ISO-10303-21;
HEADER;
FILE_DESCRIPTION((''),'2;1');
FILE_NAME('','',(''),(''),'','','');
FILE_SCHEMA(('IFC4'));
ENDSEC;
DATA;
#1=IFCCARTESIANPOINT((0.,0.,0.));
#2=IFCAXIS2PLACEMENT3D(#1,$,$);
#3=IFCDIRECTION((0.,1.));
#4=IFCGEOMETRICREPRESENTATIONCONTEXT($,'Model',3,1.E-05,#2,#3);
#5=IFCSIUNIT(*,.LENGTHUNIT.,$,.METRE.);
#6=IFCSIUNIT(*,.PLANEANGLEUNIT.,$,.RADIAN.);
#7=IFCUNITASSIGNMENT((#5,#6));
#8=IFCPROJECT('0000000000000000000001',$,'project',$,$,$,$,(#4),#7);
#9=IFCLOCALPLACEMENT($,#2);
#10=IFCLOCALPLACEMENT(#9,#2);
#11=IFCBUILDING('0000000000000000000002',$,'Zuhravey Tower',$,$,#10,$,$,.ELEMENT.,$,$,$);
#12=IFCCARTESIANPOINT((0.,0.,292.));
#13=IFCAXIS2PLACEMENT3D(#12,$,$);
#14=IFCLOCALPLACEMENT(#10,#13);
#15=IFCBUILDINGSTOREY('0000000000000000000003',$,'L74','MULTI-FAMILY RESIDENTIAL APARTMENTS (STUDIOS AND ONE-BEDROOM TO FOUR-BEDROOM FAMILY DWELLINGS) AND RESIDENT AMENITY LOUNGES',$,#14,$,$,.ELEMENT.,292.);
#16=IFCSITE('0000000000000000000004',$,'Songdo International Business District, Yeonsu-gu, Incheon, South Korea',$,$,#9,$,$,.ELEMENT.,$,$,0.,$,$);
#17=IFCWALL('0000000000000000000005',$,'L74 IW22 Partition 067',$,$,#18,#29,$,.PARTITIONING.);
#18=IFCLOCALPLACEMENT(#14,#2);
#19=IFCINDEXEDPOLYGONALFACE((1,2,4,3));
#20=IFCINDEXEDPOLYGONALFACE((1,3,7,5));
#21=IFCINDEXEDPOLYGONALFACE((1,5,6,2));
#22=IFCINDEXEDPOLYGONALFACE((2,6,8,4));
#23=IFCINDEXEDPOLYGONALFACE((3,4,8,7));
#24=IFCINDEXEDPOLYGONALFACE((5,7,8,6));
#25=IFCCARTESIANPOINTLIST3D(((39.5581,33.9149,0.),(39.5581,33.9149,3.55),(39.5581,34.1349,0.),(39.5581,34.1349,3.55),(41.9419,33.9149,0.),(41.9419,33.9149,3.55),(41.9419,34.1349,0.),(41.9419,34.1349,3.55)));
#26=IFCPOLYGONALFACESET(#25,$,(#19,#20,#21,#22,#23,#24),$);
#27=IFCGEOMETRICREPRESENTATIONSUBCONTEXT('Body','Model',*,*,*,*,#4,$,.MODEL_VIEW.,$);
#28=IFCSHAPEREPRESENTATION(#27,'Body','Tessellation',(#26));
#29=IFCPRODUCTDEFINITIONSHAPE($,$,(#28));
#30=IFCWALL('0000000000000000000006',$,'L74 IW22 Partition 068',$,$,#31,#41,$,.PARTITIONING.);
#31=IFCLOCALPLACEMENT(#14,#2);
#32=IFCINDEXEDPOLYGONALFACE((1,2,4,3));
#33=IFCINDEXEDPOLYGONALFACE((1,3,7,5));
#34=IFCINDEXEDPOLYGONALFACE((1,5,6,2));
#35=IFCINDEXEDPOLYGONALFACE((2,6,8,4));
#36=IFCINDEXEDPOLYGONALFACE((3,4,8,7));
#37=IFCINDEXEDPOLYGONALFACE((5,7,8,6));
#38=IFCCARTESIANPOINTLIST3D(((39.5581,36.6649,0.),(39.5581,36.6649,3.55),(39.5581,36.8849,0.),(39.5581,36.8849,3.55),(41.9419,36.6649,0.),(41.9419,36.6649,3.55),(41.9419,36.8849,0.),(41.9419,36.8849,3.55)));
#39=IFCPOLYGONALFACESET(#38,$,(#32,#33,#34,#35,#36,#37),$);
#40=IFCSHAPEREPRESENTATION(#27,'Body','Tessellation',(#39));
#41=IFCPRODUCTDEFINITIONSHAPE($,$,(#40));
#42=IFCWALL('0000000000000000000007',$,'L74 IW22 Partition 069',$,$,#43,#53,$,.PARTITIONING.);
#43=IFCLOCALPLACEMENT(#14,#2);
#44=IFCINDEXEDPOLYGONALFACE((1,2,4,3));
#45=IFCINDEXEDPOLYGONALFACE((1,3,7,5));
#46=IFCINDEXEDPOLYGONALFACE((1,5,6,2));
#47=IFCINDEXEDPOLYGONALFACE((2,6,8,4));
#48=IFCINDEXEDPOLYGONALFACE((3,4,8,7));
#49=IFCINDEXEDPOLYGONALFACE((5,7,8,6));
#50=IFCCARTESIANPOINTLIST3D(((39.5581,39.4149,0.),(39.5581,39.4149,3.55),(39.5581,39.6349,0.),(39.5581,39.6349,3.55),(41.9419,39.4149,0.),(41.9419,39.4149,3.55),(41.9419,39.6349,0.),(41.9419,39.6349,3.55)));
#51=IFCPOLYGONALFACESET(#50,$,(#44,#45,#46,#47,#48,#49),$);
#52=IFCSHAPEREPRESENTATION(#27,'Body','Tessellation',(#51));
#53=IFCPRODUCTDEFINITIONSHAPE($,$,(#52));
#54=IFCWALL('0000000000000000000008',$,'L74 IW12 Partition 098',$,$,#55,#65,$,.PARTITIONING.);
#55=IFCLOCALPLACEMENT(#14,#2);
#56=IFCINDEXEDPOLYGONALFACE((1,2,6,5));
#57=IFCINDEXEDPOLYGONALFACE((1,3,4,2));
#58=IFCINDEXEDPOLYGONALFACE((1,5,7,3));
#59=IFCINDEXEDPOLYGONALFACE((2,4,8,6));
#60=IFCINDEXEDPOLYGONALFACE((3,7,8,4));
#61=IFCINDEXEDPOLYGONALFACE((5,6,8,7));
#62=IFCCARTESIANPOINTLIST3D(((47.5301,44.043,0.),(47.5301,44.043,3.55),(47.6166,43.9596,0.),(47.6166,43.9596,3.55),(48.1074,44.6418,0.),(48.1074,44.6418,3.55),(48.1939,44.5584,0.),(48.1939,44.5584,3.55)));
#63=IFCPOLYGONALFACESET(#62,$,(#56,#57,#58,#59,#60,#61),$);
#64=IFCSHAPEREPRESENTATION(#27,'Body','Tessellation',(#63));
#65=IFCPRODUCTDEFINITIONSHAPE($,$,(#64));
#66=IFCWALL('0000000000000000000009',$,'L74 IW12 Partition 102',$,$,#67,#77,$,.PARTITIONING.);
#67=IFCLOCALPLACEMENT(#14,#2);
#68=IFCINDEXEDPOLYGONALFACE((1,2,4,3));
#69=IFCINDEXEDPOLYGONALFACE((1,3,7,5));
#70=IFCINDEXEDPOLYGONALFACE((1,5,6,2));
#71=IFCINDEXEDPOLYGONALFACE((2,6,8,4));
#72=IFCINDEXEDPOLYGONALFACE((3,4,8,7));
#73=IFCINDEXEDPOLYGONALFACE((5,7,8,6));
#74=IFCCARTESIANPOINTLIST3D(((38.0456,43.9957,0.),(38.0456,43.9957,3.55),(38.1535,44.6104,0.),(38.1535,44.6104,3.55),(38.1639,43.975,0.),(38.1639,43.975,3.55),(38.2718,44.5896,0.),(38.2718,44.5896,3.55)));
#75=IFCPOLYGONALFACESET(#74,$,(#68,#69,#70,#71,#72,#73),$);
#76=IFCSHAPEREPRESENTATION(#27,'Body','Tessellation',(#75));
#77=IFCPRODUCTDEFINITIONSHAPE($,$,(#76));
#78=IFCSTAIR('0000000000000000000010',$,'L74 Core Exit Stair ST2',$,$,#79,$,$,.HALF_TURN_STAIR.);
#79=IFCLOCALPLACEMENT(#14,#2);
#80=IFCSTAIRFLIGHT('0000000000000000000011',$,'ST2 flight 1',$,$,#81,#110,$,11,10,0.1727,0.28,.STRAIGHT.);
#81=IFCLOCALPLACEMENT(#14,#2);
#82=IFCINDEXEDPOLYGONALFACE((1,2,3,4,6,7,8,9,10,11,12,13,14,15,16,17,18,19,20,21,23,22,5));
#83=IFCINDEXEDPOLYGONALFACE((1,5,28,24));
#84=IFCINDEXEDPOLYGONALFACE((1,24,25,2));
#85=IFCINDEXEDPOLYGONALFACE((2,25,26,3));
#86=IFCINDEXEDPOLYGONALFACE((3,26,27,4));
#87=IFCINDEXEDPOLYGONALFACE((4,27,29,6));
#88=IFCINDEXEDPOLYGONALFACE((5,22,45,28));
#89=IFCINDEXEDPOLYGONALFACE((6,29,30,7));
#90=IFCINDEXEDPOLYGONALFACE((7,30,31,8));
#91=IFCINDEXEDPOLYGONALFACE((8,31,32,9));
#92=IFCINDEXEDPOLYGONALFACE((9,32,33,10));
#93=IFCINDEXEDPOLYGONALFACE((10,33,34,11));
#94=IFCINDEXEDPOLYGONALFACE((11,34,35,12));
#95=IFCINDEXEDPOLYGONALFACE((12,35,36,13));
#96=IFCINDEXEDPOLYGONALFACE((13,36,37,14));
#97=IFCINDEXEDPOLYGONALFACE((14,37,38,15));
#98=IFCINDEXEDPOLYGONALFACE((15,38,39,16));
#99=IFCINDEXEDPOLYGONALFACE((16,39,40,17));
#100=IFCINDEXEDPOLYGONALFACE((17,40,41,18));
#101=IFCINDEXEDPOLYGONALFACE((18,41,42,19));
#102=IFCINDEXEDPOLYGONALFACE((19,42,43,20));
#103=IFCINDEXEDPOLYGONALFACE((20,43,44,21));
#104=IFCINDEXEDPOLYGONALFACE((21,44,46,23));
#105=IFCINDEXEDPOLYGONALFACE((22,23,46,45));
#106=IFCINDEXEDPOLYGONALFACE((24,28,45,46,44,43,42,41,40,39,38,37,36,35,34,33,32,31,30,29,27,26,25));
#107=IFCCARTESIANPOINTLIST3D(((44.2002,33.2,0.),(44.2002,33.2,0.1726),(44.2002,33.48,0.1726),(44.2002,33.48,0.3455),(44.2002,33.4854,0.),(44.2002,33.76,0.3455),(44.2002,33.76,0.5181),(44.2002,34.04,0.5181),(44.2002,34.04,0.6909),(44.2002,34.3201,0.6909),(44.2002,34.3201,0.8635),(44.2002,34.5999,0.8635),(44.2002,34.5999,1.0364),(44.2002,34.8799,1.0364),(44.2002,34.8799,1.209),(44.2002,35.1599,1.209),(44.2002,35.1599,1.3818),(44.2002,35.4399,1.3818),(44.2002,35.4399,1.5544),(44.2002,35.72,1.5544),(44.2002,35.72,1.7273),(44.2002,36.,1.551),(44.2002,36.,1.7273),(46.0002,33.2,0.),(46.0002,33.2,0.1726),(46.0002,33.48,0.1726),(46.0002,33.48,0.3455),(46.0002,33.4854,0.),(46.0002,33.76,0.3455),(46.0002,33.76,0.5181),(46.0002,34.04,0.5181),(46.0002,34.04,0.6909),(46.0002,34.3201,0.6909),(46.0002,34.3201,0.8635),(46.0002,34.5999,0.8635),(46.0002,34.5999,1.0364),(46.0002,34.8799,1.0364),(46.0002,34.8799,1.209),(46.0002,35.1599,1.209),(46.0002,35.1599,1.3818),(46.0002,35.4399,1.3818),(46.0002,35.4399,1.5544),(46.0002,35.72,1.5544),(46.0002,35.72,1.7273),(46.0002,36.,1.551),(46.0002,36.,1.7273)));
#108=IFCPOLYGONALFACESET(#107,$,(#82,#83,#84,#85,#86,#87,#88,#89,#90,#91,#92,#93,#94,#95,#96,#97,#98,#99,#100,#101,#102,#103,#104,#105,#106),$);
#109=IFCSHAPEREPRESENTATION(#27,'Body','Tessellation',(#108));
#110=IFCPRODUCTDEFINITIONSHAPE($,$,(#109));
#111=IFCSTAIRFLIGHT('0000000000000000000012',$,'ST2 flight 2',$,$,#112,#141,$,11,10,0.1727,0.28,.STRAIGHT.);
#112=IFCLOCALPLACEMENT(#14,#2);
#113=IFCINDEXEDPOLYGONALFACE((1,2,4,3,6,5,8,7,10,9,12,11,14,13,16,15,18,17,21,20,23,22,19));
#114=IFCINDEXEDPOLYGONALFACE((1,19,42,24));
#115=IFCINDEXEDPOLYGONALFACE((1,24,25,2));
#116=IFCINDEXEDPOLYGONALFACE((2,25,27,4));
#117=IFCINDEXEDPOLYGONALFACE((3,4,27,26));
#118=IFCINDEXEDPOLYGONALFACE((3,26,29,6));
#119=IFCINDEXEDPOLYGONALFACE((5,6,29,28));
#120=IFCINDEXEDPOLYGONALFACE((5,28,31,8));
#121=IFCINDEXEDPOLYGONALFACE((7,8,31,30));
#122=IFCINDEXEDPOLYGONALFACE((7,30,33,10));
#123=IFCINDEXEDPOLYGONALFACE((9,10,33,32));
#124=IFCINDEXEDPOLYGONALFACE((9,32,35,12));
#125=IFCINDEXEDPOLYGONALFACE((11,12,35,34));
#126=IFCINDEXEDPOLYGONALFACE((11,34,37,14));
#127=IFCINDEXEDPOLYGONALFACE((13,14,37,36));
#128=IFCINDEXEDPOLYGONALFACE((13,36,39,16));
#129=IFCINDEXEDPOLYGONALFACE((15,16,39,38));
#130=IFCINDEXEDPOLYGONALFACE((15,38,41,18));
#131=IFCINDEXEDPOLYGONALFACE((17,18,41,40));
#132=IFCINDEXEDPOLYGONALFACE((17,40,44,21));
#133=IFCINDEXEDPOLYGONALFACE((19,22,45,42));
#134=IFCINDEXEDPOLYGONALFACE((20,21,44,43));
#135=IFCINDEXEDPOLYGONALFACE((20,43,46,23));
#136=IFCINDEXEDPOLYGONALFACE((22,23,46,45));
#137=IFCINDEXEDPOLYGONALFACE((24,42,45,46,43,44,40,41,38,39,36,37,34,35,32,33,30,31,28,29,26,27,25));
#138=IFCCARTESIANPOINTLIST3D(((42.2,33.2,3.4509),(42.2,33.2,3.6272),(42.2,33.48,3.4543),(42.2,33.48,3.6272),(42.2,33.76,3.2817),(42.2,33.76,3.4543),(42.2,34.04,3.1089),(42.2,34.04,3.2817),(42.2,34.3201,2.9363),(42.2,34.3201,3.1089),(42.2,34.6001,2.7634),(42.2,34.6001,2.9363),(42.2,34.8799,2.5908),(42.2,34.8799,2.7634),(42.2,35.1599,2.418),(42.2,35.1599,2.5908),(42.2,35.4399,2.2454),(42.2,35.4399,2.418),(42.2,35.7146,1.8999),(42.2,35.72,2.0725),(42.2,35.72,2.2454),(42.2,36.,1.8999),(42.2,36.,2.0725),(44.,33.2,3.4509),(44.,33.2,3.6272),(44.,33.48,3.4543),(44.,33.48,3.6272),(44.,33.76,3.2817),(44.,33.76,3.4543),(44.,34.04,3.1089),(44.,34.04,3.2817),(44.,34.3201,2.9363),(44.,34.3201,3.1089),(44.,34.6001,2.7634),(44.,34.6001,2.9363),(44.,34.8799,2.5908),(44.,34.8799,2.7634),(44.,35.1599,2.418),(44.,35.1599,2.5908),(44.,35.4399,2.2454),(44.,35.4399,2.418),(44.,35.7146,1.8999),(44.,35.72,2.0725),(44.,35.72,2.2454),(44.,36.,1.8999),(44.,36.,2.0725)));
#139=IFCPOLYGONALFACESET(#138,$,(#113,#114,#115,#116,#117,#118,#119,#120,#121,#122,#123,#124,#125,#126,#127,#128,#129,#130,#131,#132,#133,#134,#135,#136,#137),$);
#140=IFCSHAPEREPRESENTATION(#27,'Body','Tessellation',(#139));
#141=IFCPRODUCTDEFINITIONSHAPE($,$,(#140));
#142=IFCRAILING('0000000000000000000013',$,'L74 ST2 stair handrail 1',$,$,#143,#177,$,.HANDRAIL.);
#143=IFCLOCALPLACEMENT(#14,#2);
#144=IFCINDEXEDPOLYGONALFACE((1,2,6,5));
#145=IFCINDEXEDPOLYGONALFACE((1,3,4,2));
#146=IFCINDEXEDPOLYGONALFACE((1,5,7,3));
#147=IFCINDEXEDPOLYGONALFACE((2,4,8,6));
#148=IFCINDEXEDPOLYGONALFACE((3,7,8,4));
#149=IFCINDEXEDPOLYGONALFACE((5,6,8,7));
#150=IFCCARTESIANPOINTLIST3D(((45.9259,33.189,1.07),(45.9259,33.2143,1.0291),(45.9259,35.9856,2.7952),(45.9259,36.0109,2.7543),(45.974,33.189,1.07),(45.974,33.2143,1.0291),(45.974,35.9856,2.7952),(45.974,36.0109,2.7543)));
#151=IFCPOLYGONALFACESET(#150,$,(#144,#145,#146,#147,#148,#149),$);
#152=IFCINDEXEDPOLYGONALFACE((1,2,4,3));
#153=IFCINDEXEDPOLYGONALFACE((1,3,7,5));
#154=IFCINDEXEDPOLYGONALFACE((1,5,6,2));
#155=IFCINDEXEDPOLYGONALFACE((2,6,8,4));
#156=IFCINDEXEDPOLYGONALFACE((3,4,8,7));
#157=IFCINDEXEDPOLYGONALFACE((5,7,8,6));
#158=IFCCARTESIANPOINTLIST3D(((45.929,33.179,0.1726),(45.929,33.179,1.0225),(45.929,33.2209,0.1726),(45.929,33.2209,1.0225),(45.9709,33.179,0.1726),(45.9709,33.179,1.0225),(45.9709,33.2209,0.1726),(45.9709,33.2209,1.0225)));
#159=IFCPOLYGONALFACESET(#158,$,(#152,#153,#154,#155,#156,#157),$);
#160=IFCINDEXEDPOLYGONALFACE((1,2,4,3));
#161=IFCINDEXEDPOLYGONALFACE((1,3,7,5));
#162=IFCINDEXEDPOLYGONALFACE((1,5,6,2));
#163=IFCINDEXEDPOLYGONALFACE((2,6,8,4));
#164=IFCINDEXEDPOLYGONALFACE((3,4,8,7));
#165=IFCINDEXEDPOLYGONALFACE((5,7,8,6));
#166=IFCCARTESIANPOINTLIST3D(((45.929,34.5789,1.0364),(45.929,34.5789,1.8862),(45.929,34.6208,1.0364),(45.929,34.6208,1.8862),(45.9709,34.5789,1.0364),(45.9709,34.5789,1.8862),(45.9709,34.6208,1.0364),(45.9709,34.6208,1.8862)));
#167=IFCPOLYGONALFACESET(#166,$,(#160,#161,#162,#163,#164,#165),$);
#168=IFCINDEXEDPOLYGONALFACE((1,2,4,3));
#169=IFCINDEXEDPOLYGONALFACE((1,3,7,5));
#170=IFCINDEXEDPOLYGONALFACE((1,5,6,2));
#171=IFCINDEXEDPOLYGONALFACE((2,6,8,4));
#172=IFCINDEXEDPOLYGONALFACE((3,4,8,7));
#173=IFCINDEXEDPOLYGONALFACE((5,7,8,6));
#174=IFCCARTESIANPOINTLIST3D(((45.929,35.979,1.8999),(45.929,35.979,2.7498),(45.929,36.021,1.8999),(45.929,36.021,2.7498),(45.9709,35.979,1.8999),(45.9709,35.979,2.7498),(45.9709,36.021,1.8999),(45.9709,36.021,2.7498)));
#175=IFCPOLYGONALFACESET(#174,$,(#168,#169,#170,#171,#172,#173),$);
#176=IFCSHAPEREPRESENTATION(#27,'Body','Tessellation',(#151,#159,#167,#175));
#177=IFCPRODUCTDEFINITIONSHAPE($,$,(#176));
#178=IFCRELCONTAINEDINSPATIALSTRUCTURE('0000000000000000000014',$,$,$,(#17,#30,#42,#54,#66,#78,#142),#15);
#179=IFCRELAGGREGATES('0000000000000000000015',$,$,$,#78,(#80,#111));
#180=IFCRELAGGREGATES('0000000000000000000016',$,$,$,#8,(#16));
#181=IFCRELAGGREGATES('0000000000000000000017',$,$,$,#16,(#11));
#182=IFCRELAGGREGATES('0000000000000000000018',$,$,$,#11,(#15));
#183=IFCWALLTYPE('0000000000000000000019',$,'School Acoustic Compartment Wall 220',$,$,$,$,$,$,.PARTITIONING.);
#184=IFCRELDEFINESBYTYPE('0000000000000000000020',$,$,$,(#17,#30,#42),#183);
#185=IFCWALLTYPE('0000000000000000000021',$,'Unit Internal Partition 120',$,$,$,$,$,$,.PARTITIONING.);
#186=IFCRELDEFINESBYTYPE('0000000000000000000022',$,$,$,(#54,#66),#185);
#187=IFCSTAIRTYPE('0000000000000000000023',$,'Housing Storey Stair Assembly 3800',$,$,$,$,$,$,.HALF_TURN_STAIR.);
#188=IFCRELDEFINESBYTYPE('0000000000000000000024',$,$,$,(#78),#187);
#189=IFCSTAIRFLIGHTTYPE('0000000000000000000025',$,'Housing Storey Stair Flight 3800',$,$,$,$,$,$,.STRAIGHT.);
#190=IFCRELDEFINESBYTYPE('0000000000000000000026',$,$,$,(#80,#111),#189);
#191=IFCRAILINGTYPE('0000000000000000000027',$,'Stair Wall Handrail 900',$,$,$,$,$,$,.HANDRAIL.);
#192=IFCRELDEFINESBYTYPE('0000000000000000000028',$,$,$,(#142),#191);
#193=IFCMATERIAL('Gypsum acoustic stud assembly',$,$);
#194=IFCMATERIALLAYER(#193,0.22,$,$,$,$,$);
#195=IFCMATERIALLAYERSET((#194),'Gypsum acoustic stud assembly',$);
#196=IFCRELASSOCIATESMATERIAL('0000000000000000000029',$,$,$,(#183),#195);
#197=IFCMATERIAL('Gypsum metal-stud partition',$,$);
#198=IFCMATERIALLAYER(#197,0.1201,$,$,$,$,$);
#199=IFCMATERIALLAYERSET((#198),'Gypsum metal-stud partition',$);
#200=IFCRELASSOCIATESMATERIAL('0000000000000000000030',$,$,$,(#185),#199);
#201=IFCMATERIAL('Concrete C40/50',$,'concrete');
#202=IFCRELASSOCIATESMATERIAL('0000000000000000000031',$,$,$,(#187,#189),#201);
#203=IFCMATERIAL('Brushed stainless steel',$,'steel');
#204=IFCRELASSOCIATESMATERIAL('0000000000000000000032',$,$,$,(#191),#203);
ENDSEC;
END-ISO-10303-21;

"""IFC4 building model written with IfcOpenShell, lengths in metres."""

from ifc_helpers import new_model, si_unit, direction, frame, frame_2d, origin, origin_2d, place, context, subcontext, project, spatial, polyline, rectangle, outline, extrude, material, layer, layer_set, type_object, element, aggregate, save


model = new_model("IFC4")

# Units and contexts
model_context = context("Model", 3, precision=1e-05, world=origin(), true_north=direction((0.0, 1.0)))
body_context = subcontext(model_context, "Body", "Model", "MODEL_VIEW")
ifc_project = project(units=[si_unit("LENGTHUNIT", "METRE"), si_unit("PLANEANGLEUNIT", "RADIAN")], contexts=[model_context])

# Site, building, storey
site_placement = place(None, origin())
site = spatial("IfcSite", under=ifc_project, at=site_placement, Name="Songdo International Business District, Yeonsu-gu, Incheon, South Korea", CompositionType="ELEMENT", RefElevation=0.0)
building_placement = place(site_placement, origin())
building = spatial("IfcBuilding", under=site, at=building_placement, Name="Zuhravey Tower", CompositionType="ELEMENT")
storey_placement = place(building_placement, frame((0.0, 0.0, 292.0)))
storey = spatial("IfcBuildingStorey", under=building, at=storey_placement, Name="L74", Description="MULTI-FAMILY RESIDENTIAL APARTMENTS (STUDIOS AND ONE-BEDROOM TO FOUR-BEDROOM FAMILY DWELLINGS) AND RESIDENT AMENITY LOUNGES", CompositionType="ELEMENT", Elevation=292.0)

# Walls
ifc_material_1 = material(Name="Gypsum acoustic stud assembly")
ifc_layer_1 = layer(ifc_material_1, 0.22)
ifc_layer_set_1 = layer_set([ifc_layer_1], Name="Gypsum acoustic stud assembly")
wall_type_1 = type_object("IfcWallType", Name="School Acoustic Compartment Wall 220", PredefinedType="PARTITIONING", material=ifc_layer_set_1)
for number, where, z_axis, x_axis, name in (
    (1, (39.5581, 34.0249, 0.0), (0.0, 0.0, 1.0), (1.0, 0.0, 0.0), "L74 IW22 Partition 067"),
    (2, (39.5581, 36.7749, 0.0), (0.0, 0.0, 1.0), (1.0, 0.0, 0.0), "L74 IW22 Partition 068"),
    (3, (39.5581, 39.5249, 0.0), (0.0, 0.0, 1.0), (1.0, 0.0, 0.0), "L74 IW22 Partition 069"),
):
    element("IfcWall", number, at=place(storey_placement, frame(where, z_axis=z_axis, x_axis=x_axis)), inside=storey, type_object=wall_type_1, Name=name, PredefinedType="PARTITIONING", context=body_context, shape_type="SweptSolid", body=[
        extrude(rectangle(XDim=2.3838, YDim=0.22, at=frame_2d((1.1919, 0.0))), origin(), (0.0, 0.0, 1.0), 3.55),
    ])
ifc_material_2 = material(Name="Gypsum metal-stud partition")
ifc_layer_2 = layer(ifc_material_2, 0.1201)
ifc_layer_set_2 = layer_set([ifc_layer_2], Name="Gypsum metal-stud partition")
wall_type_2 = type_object("IfcWallType", Name="Unit Internal Partition 120", PredefinedType="PARTITIONING", material=ifc_layer_set_2)
wall_1_placement = place(storey_placement, frame((47.5732, 44.0012, 0.0), z_axis=(0.0, 0.0, 1.0), x_axis=(0.694076, 0.719902, 0.0)))
element("IfcWall", 4, at=wall_1_placement, inside=storey, type_object=wall_type_2, Name="L74 IW12 Partition 098", PredefinedType="PARTITIONING", context=body_context, shape_type="SweptSolid", body=[
    extrude(rectangle(XDim=0.8318, YDim=0.1201, at=frame_2d((0.416, 0.0))), origin(), (0.0, 0.0, 1.0), 3.55),
])
wall_2_placement = place(storey_placement, frame((38.1047, 43.9854, 0.0), z_axis=(0.0, 0.0, 1.0), x_axis=(0.172893, 0.984941, 0.0)))
element("IfcWall", 5, at=wall_2_placement, inside=storey, type_object=wall_type_2, Name="L74 IW12 Partition 102", PredefinedType="PARTITIONING", context=body_context, shape_type="SweptSolid", body=[
    extrude(rectangle(XDim=0.624, YDim=0.1201, at=frame_2d((0.312, 0.0))), origin(), (0.0, 0.0, 1.0), 3.55),
])

# Stair, stair flights
ifc_material_3 = material(Name="Concrete C40/50", Category="concrete")
stair_type = type_object("IfcStairType", Name="Housing Storey Stair Assembly 3800", PredefinedType="HALF_TURN_STAIR", material=ifc_material_3)
stair_placement = place(storey_placement, origin())
stair = element("IfcStair", 6, at=stair_placement, inside=storey, type_object=stair_type, Name="L74 Core Exit Stair ST2", PredefinedType="HALF_TURN_STAIR")
stair_flight_type = type_object("IfcStairFlightType", Name="Housing Storey Stair Flight 3800", PredefinedType="STRAIGHT", material=ifc_material_3)
stair_flight_1_placement = place(storey_placement, frame((45.1001, 33.2, 0.0), z_axis=(0.0, 0.0, 1.0), x_axis=(0.0, 1.0, 0.0)))
stair_flight_1 = element("IfcStairFlight", 7, at=stair_flight_1_placement, type_object=stair_flight_type, Name="ST2 flight 1", NumberOfRisers=11, NumberOfTreads=10, PredefinedType="STRAIGHT", RiserHeight=0.1727, TreadLength=0.28, context=body_context, shape_type="SweptSolid", body=[
    extrude(outline(polyline([(0.0, 0.0), (0.0, 0.1726), (0.28, 0.1726), (0.28, 0.3455), (0.5601, 0.3455), (0.5601, 0.5181), (0.8401, 0.5181), (0.8401, 0.6909), (1.1201, 0.6909), (1.1201, 0.8635), (1.3999, 0.8635), (1.3999, 1.0364), (1.6799, 1.0364), (1.6799, 1.209), (1.96, 1.209), (1.96, 1.3818), (2.24, 1.3818), (2.24, 1.5544), (2.52, 1.5544), (2.52, 1.7273), (2.8, 1.7273), (2.8, 1.8999), (2.8, 1.551), (0.2854, 0.0), (0.0, 0.0)])), frame((0.0, 0.8999, 0.0), z_axis=(0.0, -1.0, 0.0), x_axis=(1.0, 0.0, 0.0)), (0.0, 0.0, 1.0), 1.8),
])
stair_flight_2_placement = place(storey_placement, frame((43.1001, 36.0, 1.8999), z_axis=(0.0, 0.0, 1.0), x_axis=(0.0, -1.0, 0.0)))
stair_flight_2 = element("IfcStairFlight", 8, at=stair_flight_2_placement, type_object=stair_flight_type, Name="ST2 flight 2", NumberOfRisers=11, NumberOfTreads=10, PredefinedType="STRAIGHT", RiserHeight=0.1727, TreadLength=0.28, context=body_context, shape_type="SweptSolid", body=[
    extrude(outline(polyline([(0.0, 0.0), (0.0, 0.1726), (0.28, 0.1726), (0.28, 0.3455), (0.5601, 0.3455), (0.5601, 0.5181), (0.8401, 0.5181), (0.8401, 0.6909), (1.1201, 0.6909), (1.1201, 0.8635), (1.3999, 0.8635), (1.3999, 1.0364), (1.6799, 1.0364), (1.6799, 1.209), (1.96, 1.209), (1.96, 1.3818), (2.24, 1.3818), (2.24, 1.5544), (2.52, 1.5544), (2.52, 1.7273), (2.8, 1.7273), (2.8, 1.8999), (2.8, 1.551), (0.2854, 0.0), (0.0, 0.0)])), frame((0.0, 0.8999, 0.0), z_axis=(0.0, -1.0, 0.0), x_axis=(1.0, 0.0, 0.0)), (0.0, 0.0, 1.0), 1.8),
])
aggregate(stair, [stair_flight_1, stair_flight_2])

# Railing
ifc_material_4 = material(Name="Brushed stainless steel", Category="steel")
railing_type_1 = type_object("IfcRailingType", Name="Stair Wall Handrail 900", PredefinedType="HANDRAIL", material=ifc_material_4)
railing_1_placement = place(storey_placement, frame((45.95, 33.2, 0.1726)))
element("IfcRailing", 9, at=railing_1_placement, inside=storey, type_object=railing_type_1, Name="L74 ST2 stair handrail 1", PredefinedType="HANDRAIL", context=body_context, shape_type="SweptSolid", body=[
    extrude(rectangle(XDim=0.0481, YDim=0.0481, at=origin_2d()), frame((0.0, 0.0017, 0.877), z_axis=(0.0, 0.85109, 0.52502), x_axis=(-1.0, 0.0, 0.0)), (0.0, 0.0, 1.0), 3.2859),
    extrude(rectangle(XDim=0.042, YDim=0.042, at=origin_2d()), origin(), (0.0, 0.0, 1.0), 0.8499),
    extrude(rectangle(XDim=0.042, YDim=0.042, at=origin_2d()), frame((0.0, 1.3999, 0.8638)), (0.0, 0.0, 1.0), 0.8499),
    extrude(rectangle(XDim=0.042, YDim=0.042, at=origin_2d()), frame((0.0, 2.8, 1.7273)), (0.0, 0.0, 1.0), 0.8499),
])

save(model, "model.ifc")
